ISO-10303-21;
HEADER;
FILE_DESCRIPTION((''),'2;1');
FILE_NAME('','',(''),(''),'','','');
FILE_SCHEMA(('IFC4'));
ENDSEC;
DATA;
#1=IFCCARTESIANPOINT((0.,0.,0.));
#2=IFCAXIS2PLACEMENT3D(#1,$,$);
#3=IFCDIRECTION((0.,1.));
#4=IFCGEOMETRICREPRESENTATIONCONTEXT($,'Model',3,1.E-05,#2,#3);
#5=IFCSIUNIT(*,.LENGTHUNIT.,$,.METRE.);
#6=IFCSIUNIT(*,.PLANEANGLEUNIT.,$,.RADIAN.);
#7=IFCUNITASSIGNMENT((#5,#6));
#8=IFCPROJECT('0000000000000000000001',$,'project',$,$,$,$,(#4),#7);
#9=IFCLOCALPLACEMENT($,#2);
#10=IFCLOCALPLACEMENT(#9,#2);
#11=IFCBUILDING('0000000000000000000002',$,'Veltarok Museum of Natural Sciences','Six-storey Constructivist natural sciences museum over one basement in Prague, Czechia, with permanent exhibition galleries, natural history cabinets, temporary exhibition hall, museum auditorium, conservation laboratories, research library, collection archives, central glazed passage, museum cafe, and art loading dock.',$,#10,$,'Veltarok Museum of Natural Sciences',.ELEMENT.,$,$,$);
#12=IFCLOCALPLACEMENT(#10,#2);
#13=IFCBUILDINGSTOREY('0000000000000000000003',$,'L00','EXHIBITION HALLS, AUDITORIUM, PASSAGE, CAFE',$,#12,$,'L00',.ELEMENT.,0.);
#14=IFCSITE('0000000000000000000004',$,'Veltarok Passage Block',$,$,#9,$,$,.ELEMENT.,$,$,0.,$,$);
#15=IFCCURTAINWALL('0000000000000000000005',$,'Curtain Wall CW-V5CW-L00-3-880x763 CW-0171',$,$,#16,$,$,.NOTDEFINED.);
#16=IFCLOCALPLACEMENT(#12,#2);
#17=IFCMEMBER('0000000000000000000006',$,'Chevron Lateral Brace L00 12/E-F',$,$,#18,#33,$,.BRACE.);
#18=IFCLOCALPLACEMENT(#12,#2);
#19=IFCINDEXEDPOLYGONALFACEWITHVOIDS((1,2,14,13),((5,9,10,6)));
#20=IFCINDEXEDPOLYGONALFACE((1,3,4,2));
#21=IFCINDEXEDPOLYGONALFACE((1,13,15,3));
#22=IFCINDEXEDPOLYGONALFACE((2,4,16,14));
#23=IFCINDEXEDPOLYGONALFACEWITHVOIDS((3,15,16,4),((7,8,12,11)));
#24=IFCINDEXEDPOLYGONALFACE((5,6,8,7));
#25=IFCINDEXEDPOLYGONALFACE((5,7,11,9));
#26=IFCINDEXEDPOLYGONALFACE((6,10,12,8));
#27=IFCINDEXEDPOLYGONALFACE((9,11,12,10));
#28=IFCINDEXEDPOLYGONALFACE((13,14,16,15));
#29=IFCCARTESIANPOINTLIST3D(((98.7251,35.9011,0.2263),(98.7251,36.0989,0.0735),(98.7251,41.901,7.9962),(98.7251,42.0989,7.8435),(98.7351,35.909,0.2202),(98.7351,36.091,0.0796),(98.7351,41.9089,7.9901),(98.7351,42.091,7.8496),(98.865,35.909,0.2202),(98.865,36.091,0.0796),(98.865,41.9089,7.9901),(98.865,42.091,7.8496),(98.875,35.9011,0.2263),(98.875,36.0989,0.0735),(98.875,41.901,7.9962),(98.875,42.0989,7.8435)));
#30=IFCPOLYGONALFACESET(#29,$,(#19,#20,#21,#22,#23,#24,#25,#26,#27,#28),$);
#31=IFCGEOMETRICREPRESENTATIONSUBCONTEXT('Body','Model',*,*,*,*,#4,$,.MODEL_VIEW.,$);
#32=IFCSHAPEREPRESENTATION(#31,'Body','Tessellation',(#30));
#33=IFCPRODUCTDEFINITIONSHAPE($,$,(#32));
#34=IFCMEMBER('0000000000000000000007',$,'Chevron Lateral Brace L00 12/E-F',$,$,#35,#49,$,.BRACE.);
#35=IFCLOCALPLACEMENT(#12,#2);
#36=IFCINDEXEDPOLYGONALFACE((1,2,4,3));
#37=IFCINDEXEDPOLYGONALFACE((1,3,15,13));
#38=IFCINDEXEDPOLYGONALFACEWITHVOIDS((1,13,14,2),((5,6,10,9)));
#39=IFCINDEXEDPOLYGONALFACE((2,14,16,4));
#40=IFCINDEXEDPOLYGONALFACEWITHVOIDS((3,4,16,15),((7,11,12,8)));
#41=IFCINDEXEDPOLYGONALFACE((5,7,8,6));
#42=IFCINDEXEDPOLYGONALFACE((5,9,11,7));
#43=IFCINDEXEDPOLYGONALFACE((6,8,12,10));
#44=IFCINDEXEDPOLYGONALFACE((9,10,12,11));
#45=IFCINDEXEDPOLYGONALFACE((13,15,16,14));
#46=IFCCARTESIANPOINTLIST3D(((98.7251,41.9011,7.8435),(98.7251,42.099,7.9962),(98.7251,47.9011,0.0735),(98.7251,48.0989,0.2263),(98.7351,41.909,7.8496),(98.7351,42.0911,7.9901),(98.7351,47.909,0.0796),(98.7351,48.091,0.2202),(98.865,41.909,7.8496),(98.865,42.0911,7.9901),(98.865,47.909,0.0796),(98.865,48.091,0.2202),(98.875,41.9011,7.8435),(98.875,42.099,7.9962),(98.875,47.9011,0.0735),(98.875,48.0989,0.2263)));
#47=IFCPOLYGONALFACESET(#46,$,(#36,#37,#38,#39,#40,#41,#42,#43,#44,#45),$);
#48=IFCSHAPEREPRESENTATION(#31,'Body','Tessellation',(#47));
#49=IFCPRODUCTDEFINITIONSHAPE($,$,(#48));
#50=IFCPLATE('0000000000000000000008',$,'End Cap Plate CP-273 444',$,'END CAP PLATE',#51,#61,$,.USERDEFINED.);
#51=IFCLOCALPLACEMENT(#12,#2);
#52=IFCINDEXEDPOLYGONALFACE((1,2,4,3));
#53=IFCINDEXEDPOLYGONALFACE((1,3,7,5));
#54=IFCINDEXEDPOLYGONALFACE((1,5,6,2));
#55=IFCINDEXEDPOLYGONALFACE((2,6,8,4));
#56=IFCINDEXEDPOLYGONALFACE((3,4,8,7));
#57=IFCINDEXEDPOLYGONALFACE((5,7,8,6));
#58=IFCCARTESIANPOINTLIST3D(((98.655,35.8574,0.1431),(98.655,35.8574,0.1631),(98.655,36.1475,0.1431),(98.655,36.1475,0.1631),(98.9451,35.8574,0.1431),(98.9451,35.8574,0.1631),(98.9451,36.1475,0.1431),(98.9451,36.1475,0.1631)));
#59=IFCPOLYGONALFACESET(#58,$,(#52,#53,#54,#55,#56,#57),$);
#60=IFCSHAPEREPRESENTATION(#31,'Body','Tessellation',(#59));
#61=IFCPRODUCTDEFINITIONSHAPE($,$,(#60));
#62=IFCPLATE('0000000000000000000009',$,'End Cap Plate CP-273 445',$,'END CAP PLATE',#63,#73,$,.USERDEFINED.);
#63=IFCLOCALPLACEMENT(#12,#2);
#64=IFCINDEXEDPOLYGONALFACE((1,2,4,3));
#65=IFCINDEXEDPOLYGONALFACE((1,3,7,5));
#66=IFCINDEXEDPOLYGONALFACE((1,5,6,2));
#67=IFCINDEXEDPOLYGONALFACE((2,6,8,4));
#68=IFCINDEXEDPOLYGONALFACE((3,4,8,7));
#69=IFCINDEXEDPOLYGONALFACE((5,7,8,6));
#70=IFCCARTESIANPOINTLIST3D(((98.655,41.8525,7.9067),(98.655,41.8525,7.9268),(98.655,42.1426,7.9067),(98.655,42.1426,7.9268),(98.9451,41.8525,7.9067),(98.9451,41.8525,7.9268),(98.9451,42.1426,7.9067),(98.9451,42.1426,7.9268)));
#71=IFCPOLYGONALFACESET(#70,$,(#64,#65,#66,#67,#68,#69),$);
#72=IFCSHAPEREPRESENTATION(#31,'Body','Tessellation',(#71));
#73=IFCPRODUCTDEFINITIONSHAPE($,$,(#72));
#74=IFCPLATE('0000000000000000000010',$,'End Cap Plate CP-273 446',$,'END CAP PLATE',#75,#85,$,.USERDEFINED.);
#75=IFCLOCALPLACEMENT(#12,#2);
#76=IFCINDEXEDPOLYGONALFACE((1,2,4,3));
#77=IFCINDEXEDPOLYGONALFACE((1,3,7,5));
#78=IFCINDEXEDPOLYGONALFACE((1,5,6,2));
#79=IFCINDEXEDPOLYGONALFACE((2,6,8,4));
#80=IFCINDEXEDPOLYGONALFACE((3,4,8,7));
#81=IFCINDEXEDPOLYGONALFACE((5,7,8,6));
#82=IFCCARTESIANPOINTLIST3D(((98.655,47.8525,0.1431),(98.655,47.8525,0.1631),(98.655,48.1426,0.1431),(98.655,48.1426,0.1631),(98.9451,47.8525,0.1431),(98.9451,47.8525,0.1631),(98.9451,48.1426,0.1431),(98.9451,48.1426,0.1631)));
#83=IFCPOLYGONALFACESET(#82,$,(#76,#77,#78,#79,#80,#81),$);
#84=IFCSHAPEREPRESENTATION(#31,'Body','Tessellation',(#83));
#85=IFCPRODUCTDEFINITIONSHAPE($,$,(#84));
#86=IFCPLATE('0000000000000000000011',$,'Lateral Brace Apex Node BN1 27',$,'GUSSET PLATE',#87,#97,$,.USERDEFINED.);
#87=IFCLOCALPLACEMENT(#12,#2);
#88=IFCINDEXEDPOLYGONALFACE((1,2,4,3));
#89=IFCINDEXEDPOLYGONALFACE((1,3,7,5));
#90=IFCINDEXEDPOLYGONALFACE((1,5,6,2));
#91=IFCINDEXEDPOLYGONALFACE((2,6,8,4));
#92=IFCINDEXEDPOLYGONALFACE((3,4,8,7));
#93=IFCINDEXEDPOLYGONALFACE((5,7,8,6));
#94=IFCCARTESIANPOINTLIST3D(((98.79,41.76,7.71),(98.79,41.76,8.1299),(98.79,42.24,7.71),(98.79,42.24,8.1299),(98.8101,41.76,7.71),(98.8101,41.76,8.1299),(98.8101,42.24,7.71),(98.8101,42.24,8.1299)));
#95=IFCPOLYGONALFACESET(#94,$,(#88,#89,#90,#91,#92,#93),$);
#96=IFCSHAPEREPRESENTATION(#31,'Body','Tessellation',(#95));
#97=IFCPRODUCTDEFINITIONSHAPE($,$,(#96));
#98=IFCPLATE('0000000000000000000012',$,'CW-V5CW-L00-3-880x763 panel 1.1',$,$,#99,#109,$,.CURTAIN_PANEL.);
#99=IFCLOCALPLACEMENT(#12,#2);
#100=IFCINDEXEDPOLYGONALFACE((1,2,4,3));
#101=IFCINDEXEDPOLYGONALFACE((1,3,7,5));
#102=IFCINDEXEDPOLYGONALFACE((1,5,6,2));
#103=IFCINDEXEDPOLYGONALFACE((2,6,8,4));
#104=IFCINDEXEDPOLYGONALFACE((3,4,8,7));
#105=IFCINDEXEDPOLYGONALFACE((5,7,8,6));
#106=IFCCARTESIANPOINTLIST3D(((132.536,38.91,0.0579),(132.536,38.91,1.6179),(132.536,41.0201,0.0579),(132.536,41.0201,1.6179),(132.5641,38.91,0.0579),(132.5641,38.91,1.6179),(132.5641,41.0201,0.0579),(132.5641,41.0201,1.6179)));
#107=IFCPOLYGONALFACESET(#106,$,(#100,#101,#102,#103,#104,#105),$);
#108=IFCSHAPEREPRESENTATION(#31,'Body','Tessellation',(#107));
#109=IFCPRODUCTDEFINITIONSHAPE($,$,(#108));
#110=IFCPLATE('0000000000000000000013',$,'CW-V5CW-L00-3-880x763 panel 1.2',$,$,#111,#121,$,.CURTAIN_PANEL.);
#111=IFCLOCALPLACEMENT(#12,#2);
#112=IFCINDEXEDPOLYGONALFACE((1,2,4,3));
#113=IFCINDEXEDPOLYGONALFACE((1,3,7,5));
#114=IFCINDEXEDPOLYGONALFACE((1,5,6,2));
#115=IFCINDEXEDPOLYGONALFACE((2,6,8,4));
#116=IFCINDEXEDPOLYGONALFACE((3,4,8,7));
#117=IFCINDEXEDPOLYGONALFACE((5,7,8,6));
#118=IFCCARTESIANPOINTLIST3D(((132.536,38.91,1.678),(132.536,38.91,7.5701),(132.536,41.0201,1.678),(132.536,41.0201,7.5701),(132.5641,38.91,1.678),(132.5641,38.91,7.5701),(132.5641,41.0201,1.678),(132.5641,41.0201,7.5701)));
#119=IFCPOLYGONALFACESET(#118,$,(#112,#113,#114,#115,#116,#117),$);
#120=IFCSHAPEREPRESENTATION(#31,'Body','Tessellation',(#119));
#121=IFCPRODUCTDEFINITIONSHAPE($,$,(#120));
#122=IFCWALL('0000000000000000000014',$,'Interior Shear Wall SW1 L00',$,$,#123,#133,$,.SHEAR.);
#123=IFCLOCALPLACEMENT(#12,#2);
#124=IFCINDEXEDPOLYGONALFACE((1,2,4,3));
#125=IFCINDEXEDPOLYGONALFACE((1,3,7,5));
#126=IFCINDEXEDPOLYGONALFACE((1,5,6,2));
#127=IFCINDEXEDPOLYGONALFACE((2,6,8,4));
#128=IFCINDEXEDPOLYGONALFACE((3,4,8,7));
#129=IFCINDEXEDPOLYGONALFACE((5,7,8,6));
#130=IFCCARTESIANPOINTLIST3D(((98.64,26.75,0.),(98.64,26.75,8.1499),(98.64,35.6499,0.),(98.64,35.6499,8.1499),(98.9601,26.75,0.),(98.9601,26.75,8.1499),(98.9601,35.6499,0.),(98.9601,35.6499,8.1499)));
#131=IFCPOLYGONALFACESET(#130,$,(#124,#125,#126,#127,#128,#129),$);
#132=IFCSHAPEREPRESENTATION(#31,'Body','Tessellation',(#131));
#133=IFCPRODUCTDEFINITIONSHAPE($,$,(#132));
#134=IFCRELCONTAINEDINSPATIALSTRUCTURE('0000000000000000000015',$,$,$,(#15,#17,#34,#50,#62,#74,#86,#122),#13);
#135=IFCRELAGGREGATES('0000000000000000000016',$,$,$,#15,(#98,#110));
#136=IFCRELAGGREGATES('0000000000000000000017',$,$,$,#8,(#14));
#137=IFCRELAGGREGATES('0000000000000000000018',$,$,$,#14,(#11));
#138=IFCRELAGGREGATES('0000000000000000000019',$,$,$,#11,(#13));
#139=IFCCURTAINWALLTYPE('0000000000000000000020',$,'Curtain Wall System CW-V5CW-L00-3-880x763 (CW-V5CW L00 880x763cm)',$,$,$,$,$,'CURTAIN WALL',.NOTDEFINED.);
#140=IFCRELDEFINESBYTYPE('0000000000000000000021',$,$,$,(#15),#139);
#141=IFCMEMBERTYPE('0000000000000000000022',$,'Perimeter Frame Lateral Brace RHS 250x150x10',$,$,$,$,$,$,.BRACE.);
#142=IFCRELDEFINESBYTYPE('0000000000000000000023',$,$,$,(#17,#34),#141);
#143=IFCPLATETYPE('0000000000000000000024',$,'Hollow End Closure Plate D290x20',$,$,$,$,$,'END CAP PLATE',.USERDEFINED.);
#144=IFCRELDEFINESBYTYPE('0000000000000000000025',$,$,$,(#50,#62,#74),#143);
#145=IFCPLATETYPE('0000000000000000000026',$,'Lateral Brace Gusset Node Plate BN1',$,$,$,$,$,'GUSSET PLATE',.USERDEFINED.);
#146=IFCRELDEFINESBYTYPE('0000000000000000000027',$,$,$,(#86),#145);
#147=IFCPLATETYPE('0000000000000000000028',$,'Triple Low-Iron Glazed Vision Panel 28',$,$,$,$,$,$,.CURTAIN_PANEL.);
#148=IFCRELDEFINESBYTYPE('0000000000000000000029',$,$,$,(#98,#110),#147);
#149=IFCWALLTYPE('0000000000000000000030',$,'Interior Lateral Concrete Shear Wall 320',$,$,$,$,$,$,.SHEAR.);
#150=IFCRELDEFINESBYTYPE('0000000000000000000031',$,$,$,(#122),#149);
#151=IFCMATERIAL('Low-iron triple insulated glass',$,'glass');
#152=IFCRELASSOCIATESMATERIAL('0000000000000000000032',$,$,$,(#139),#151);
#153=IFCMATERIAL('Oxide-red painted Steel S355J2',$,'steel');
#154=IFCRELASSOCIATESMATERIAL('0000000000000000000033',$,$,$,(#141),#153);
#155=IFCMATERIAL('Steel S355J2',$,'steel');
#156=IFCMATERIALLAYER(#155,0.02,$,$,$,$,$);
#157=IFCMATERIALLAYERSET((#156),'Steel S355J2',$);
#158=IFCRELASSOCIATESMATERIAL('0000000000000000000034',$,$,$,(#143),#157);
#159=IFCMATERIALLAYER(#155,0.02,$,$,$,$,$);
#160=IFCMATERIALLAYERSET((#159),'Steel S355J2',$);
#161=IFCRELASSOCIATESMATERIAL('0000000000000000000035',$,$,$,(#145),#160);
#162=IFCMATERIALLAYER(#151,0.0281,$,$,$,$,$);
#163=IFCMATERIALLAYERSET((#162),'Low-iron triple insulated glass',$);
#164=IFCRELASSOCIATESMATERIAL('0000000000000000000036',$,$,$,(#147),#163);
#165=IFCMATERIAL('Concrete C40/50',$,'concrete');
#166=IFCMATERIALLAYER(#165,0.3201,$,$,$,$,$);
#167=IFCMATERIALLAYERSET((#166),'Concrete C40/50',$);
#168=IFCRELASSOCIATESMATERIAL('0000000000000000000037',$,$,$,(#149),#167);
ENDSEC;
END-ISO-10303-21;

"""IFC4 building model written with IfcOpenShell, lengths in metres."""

from ifc_helpers import new_model, si_unit, direction, frame, frame_2d, origin, origin_2d, place, context, subcontext, project, spatial, rectangle, hollow_rectangle, extrude, material, layer, layer_set, material_profile, profile_set, type_object, element, aggregate, save


model = new_model("IFC4")

# Units and contexts
model_context = context("Model", 3, precision=1e-05, world=origin(), true_north=direction((0.0, 1.0)))
body_context = subcontext(model_context, "Body", "Model", "MODEL_VIEW")
ifc_project = project(units=[si_unit("LENGTHUNIT", "METRE"), si_unit("PLANEANGLEUNIT", "RADIAN")], contexts=[model_context])

# Site, building, storey
site_placement = place(None, origin())
site = spatial("IfcSite", under=ifc_project, at=site_placement, Name="Veltarok Passage Block", CompositionType="ELEMENT", RefElevation=0.0)
building_placement = place(site_placement, origin())
building = spatial("IfcBuilding", under=site, at=building_placement, Name="Veltarok Museum of Natural Sciences", Description="Six-storey Constructivist natural sciences museum over one basement in Prague, Czechia, with permanent exhibition galleries, natural history cabinets, temporary exhibition hall, museum auditorium, conservation laboratories, research library, collection archives, central glazed passage, museum cafe, and art loading dock.", LongName="Veltarok Museum of Natural Sciences", CompositionType="ELEMENT")
storey_placement = place(building_placement, origin())
storey = spatial("IfcBuildingStorey", under=building, at=storey_placement, Name="L00", Description="EXHIBITION HALLS, AUDITORIUM, PASSAGE, CAFE", LongName="L00", CompositionType="ELEMENT", Elevation=0.0)

# Shared definitions
ifc_material_1 = material(Name="Steel S355J2", Category="steel")

# Curtain wall
ifc_material_2 = material(Name="Low-iron triple insulated glass", Category="glass")
curtain_wall_type = type_object("IfcCurtainWallType", Name="Curtain Wall System CW-V5CW-L00-3-880x763 (CW-V5CW L00 880x763cm)", ElementType="CURTAIN WALL", PredefinedType="NOTDEFINED", material=ifc_material_2)
curtain_wall_placement = place(storey_placement, origin())
curtain_wall = element("IfcCurtainWall", 1, at=curtain_wall_placement, inside=storey, type_object=curtain_wall_type, Name="Curtain Wall CW-V5CW-L00-3-880x763 CW-0171", PredefinedType="NOTDEFINED")

# Shared definitions
ifc_material_3 = material(Name="Concrete C40/50", Category="concrete")

# Members
ifc_material_4 = material(Name="Oxide-red painted Steel S355J2", Category="steel")
ifc_material_profile_1 = material_profile(ifc_material_4, hollow_rectangle(XDim=0.1499, YDim=0.25, WallThickness=0.01, at=origin_2d()), Name="RHS 250x150x10")
ifc_profile_set_1 = profile_set([ifc_material_profile_1], Name="Oxide-red painted Steel S355J2")
member_type_1 = type_object("IfcMemberType", Name="Perimeter Frame Lateral Brace RHS 250x150x10", PredefinedType="BRACE", material=ifc_profile_set_1)
for number, where, z_axis, x_axis, name in (
    (2, (98.8, 36.0, 0.1499), (0.0, 0.611186, 0.791487), (-1.0, 0.0, 0.0), "Chevron Lateral Brace L00 12/E-F"),
    (3, (98.8, 48.0, 0.1499), (0.0, -0.611186, 0.791487), (1.0, 0.0, 0.0), "Chevron Lateral Brace L00 12/E-F"),
):
    element("IfcMember", number, at=place(storey_placement, frame(where, z_axis=z_axis, x_axis=x_axis)), inside=storey, type_object=member_type_1, Name=name, PredefinedType="BRACE", context=body_context, shape_type="SweptSolid", body=[
        extrude(hollow_rectangle(XDim=0.1499, YDim=0.25, WallThickness=0.01, at=origin_2d()), origin(), (0.0, 0.0, 1.0), 9.8169),
    ])

# Plates
ifc_layer_1 = layer(ifc_material_1, 0.02)
ifc_layer_set_1 = layer_set([ifc_layer_1], Name="Steel S355J2")
plate_type_1 = type_object("IfcPlateType", Name="Hollow End Closure Plate D290x20", ElementType="END CAP PLATE", PredefinedType="USERDEFINED", material=ifc_layer_set_1)
for number, where, z_axis, x_axis, name in (
    (4, (98.8, 36.0024, 0.1431), (0.0, 0.0, 1.0), (0.0, 1.0, 0.0), "End Cap Plate CP-273 444"),
    (5, (98.8, 41.9976, 7.9067), (0.0, 0.0, 1.0), (0.0, 1.0, 0.0), "End Cap Plate CP-273 445"),
    (6, (98.8, 47.9976, 0.1431), (0.0, 0.0, 1.0), (0.0, 1.0, 0.0), "End Cap Plate CP-273 446"),
):
    element("IfcPlate", number, at=place(storey_placement, frame(where, z_axis=z_axis, x_axis=x_axis)), inside=storey, type_object=plate_type_1, Name=name, ObjectType="END CAP PLATE", PredefinedType="USERDEFINED", context=body_context, shape_type="SweptSolid", body=[
        extrude(rectangle(XDim=0.29, YDim=0.29, at=origin_2d()), origin(), (0.0, 0.0, 1.0), 0.02),
    ])
ifc_layer_2 = layer(ifc_material_1, 0.02)
ifc_layer_set_2 = layer_set([ifc_layer_2], Name="Steel S355J2")
plate_type_2 = type_object("IfcPlateType", Name="Lateral Brace Gusset Node Plate BN1", ElementType="GUSSET PLATE", PredefinedType="USERDEFINED", material=ifc_layer_set_2)
plate_1_placement = place(storey_placement, frame((98.8, 42.0, 7.71), z_axis=(0.0, 0.0, 1.0), x_axis=(1.0, 0.0, 0.0)))
element("IfcPlate", 7, at=plate_1_placement, inside=storey, type_object=plate_type_2, Name="Lateral Brace Apex Node BN1 27", ObjectType="GUSSET PLATE", PredefinedType="USERDEFINED", context=body_context, shape_type="SweptSolid", body=[
    extrude(rectangle(XDim=0.02, YDim=0.48, at=origin_2d()), origin(), (0.0, 0.0, 1.0), 0.4199),
])

# Plates
ifc_layer_3 = layer(ifc_material_2, 0.0281)
ifc_layer_set_3 = layer_set([ifc_layer_3], Name="Low-iron triple insulated glass")
plate_type_3 = type_object("IfcPlateType", Name="Triple Low-Iron Glazed Vision Panel 28", PredefinedType="CURTAIN_PANEL", material=ifc_layer_set_3)
plate_2_placement = place(storey_placement, frame((132.55, 39.9651, 0.0579), z_axis=(0.0, 0.0, 1.0), x_axis=(0.0, 1.0, 0.0)))
plate_2 = element("IfcPlate", 8, at=plate_2_placement, type_object=plate_type_3, Name="CW-V5CW-L00-3-880x763 panel 1.1", PredefinedType="CURTAIN_PANEL", context=body_context, shape_type="SweptSolid", body=[
    extrude(rectangle(XDim=2.1101, YDim=0.0281, at=origin_2d()), origin(), (0.0, 0.0, 1.0), 1.5601),
])
plate_3_placement = place(storey_placement, frame((132.55, 39.9651, 1.678), z_axis=(0.0, 0.0, 1.0), x_axis=(0.0, 1.0, 0.0)))
plate_3 = element("IfcPlate", 9, at=plate_3_placement, type_object=plate_type_3, Name="CW-V5CW-L00-3-880x763 panel 1.2", PredefinedType="CURTAIN_PANEL", context=body_context, shape_type="SweptSolid", body=[
    extrude(rectangle(XDim=2.1101, YDim=0.0281, at=origin_2d()), origin(), (0.0, 0.0, 1.0), 5.8921),
])
aggregate(curtain_wall, [plate_2, plate_3])

# Wall
ifc_layer_4 = layer(ifc_material_3, 0.3201)
ifc_layer_set_4 = layer_set([ifc_layer_4], Name="Concrete C40/50")
wall_type = type_object("IfcWallType", Name="Interior Lateral Concrete Shear Wall 320", PredefinedType="SHEAR", material=ifc_layer_set_4)
wall_placement = place(storey_placement, frame((98.8, 26.75, 0.0), z_axis=(0.0, 0.0, 1.0), x_axis=(0.0, 1.0, 0.0)))
element("IfcWall", 10, at=wall_placement, inside=storey, type_object=wall_type, Name="Interior Shear Wall SW1 L00", PredefinedType="SHEAR", context=body_context, shape_type="SweptSolid", body=[
    extrude(rectangle(XDim=8.8999, YDim=0.3201, at=frame_2d((4.45, 0.0))), origin(), (0.0, 0.0, 1.0), 8.1499),
])

save(model, "model.ifc")
